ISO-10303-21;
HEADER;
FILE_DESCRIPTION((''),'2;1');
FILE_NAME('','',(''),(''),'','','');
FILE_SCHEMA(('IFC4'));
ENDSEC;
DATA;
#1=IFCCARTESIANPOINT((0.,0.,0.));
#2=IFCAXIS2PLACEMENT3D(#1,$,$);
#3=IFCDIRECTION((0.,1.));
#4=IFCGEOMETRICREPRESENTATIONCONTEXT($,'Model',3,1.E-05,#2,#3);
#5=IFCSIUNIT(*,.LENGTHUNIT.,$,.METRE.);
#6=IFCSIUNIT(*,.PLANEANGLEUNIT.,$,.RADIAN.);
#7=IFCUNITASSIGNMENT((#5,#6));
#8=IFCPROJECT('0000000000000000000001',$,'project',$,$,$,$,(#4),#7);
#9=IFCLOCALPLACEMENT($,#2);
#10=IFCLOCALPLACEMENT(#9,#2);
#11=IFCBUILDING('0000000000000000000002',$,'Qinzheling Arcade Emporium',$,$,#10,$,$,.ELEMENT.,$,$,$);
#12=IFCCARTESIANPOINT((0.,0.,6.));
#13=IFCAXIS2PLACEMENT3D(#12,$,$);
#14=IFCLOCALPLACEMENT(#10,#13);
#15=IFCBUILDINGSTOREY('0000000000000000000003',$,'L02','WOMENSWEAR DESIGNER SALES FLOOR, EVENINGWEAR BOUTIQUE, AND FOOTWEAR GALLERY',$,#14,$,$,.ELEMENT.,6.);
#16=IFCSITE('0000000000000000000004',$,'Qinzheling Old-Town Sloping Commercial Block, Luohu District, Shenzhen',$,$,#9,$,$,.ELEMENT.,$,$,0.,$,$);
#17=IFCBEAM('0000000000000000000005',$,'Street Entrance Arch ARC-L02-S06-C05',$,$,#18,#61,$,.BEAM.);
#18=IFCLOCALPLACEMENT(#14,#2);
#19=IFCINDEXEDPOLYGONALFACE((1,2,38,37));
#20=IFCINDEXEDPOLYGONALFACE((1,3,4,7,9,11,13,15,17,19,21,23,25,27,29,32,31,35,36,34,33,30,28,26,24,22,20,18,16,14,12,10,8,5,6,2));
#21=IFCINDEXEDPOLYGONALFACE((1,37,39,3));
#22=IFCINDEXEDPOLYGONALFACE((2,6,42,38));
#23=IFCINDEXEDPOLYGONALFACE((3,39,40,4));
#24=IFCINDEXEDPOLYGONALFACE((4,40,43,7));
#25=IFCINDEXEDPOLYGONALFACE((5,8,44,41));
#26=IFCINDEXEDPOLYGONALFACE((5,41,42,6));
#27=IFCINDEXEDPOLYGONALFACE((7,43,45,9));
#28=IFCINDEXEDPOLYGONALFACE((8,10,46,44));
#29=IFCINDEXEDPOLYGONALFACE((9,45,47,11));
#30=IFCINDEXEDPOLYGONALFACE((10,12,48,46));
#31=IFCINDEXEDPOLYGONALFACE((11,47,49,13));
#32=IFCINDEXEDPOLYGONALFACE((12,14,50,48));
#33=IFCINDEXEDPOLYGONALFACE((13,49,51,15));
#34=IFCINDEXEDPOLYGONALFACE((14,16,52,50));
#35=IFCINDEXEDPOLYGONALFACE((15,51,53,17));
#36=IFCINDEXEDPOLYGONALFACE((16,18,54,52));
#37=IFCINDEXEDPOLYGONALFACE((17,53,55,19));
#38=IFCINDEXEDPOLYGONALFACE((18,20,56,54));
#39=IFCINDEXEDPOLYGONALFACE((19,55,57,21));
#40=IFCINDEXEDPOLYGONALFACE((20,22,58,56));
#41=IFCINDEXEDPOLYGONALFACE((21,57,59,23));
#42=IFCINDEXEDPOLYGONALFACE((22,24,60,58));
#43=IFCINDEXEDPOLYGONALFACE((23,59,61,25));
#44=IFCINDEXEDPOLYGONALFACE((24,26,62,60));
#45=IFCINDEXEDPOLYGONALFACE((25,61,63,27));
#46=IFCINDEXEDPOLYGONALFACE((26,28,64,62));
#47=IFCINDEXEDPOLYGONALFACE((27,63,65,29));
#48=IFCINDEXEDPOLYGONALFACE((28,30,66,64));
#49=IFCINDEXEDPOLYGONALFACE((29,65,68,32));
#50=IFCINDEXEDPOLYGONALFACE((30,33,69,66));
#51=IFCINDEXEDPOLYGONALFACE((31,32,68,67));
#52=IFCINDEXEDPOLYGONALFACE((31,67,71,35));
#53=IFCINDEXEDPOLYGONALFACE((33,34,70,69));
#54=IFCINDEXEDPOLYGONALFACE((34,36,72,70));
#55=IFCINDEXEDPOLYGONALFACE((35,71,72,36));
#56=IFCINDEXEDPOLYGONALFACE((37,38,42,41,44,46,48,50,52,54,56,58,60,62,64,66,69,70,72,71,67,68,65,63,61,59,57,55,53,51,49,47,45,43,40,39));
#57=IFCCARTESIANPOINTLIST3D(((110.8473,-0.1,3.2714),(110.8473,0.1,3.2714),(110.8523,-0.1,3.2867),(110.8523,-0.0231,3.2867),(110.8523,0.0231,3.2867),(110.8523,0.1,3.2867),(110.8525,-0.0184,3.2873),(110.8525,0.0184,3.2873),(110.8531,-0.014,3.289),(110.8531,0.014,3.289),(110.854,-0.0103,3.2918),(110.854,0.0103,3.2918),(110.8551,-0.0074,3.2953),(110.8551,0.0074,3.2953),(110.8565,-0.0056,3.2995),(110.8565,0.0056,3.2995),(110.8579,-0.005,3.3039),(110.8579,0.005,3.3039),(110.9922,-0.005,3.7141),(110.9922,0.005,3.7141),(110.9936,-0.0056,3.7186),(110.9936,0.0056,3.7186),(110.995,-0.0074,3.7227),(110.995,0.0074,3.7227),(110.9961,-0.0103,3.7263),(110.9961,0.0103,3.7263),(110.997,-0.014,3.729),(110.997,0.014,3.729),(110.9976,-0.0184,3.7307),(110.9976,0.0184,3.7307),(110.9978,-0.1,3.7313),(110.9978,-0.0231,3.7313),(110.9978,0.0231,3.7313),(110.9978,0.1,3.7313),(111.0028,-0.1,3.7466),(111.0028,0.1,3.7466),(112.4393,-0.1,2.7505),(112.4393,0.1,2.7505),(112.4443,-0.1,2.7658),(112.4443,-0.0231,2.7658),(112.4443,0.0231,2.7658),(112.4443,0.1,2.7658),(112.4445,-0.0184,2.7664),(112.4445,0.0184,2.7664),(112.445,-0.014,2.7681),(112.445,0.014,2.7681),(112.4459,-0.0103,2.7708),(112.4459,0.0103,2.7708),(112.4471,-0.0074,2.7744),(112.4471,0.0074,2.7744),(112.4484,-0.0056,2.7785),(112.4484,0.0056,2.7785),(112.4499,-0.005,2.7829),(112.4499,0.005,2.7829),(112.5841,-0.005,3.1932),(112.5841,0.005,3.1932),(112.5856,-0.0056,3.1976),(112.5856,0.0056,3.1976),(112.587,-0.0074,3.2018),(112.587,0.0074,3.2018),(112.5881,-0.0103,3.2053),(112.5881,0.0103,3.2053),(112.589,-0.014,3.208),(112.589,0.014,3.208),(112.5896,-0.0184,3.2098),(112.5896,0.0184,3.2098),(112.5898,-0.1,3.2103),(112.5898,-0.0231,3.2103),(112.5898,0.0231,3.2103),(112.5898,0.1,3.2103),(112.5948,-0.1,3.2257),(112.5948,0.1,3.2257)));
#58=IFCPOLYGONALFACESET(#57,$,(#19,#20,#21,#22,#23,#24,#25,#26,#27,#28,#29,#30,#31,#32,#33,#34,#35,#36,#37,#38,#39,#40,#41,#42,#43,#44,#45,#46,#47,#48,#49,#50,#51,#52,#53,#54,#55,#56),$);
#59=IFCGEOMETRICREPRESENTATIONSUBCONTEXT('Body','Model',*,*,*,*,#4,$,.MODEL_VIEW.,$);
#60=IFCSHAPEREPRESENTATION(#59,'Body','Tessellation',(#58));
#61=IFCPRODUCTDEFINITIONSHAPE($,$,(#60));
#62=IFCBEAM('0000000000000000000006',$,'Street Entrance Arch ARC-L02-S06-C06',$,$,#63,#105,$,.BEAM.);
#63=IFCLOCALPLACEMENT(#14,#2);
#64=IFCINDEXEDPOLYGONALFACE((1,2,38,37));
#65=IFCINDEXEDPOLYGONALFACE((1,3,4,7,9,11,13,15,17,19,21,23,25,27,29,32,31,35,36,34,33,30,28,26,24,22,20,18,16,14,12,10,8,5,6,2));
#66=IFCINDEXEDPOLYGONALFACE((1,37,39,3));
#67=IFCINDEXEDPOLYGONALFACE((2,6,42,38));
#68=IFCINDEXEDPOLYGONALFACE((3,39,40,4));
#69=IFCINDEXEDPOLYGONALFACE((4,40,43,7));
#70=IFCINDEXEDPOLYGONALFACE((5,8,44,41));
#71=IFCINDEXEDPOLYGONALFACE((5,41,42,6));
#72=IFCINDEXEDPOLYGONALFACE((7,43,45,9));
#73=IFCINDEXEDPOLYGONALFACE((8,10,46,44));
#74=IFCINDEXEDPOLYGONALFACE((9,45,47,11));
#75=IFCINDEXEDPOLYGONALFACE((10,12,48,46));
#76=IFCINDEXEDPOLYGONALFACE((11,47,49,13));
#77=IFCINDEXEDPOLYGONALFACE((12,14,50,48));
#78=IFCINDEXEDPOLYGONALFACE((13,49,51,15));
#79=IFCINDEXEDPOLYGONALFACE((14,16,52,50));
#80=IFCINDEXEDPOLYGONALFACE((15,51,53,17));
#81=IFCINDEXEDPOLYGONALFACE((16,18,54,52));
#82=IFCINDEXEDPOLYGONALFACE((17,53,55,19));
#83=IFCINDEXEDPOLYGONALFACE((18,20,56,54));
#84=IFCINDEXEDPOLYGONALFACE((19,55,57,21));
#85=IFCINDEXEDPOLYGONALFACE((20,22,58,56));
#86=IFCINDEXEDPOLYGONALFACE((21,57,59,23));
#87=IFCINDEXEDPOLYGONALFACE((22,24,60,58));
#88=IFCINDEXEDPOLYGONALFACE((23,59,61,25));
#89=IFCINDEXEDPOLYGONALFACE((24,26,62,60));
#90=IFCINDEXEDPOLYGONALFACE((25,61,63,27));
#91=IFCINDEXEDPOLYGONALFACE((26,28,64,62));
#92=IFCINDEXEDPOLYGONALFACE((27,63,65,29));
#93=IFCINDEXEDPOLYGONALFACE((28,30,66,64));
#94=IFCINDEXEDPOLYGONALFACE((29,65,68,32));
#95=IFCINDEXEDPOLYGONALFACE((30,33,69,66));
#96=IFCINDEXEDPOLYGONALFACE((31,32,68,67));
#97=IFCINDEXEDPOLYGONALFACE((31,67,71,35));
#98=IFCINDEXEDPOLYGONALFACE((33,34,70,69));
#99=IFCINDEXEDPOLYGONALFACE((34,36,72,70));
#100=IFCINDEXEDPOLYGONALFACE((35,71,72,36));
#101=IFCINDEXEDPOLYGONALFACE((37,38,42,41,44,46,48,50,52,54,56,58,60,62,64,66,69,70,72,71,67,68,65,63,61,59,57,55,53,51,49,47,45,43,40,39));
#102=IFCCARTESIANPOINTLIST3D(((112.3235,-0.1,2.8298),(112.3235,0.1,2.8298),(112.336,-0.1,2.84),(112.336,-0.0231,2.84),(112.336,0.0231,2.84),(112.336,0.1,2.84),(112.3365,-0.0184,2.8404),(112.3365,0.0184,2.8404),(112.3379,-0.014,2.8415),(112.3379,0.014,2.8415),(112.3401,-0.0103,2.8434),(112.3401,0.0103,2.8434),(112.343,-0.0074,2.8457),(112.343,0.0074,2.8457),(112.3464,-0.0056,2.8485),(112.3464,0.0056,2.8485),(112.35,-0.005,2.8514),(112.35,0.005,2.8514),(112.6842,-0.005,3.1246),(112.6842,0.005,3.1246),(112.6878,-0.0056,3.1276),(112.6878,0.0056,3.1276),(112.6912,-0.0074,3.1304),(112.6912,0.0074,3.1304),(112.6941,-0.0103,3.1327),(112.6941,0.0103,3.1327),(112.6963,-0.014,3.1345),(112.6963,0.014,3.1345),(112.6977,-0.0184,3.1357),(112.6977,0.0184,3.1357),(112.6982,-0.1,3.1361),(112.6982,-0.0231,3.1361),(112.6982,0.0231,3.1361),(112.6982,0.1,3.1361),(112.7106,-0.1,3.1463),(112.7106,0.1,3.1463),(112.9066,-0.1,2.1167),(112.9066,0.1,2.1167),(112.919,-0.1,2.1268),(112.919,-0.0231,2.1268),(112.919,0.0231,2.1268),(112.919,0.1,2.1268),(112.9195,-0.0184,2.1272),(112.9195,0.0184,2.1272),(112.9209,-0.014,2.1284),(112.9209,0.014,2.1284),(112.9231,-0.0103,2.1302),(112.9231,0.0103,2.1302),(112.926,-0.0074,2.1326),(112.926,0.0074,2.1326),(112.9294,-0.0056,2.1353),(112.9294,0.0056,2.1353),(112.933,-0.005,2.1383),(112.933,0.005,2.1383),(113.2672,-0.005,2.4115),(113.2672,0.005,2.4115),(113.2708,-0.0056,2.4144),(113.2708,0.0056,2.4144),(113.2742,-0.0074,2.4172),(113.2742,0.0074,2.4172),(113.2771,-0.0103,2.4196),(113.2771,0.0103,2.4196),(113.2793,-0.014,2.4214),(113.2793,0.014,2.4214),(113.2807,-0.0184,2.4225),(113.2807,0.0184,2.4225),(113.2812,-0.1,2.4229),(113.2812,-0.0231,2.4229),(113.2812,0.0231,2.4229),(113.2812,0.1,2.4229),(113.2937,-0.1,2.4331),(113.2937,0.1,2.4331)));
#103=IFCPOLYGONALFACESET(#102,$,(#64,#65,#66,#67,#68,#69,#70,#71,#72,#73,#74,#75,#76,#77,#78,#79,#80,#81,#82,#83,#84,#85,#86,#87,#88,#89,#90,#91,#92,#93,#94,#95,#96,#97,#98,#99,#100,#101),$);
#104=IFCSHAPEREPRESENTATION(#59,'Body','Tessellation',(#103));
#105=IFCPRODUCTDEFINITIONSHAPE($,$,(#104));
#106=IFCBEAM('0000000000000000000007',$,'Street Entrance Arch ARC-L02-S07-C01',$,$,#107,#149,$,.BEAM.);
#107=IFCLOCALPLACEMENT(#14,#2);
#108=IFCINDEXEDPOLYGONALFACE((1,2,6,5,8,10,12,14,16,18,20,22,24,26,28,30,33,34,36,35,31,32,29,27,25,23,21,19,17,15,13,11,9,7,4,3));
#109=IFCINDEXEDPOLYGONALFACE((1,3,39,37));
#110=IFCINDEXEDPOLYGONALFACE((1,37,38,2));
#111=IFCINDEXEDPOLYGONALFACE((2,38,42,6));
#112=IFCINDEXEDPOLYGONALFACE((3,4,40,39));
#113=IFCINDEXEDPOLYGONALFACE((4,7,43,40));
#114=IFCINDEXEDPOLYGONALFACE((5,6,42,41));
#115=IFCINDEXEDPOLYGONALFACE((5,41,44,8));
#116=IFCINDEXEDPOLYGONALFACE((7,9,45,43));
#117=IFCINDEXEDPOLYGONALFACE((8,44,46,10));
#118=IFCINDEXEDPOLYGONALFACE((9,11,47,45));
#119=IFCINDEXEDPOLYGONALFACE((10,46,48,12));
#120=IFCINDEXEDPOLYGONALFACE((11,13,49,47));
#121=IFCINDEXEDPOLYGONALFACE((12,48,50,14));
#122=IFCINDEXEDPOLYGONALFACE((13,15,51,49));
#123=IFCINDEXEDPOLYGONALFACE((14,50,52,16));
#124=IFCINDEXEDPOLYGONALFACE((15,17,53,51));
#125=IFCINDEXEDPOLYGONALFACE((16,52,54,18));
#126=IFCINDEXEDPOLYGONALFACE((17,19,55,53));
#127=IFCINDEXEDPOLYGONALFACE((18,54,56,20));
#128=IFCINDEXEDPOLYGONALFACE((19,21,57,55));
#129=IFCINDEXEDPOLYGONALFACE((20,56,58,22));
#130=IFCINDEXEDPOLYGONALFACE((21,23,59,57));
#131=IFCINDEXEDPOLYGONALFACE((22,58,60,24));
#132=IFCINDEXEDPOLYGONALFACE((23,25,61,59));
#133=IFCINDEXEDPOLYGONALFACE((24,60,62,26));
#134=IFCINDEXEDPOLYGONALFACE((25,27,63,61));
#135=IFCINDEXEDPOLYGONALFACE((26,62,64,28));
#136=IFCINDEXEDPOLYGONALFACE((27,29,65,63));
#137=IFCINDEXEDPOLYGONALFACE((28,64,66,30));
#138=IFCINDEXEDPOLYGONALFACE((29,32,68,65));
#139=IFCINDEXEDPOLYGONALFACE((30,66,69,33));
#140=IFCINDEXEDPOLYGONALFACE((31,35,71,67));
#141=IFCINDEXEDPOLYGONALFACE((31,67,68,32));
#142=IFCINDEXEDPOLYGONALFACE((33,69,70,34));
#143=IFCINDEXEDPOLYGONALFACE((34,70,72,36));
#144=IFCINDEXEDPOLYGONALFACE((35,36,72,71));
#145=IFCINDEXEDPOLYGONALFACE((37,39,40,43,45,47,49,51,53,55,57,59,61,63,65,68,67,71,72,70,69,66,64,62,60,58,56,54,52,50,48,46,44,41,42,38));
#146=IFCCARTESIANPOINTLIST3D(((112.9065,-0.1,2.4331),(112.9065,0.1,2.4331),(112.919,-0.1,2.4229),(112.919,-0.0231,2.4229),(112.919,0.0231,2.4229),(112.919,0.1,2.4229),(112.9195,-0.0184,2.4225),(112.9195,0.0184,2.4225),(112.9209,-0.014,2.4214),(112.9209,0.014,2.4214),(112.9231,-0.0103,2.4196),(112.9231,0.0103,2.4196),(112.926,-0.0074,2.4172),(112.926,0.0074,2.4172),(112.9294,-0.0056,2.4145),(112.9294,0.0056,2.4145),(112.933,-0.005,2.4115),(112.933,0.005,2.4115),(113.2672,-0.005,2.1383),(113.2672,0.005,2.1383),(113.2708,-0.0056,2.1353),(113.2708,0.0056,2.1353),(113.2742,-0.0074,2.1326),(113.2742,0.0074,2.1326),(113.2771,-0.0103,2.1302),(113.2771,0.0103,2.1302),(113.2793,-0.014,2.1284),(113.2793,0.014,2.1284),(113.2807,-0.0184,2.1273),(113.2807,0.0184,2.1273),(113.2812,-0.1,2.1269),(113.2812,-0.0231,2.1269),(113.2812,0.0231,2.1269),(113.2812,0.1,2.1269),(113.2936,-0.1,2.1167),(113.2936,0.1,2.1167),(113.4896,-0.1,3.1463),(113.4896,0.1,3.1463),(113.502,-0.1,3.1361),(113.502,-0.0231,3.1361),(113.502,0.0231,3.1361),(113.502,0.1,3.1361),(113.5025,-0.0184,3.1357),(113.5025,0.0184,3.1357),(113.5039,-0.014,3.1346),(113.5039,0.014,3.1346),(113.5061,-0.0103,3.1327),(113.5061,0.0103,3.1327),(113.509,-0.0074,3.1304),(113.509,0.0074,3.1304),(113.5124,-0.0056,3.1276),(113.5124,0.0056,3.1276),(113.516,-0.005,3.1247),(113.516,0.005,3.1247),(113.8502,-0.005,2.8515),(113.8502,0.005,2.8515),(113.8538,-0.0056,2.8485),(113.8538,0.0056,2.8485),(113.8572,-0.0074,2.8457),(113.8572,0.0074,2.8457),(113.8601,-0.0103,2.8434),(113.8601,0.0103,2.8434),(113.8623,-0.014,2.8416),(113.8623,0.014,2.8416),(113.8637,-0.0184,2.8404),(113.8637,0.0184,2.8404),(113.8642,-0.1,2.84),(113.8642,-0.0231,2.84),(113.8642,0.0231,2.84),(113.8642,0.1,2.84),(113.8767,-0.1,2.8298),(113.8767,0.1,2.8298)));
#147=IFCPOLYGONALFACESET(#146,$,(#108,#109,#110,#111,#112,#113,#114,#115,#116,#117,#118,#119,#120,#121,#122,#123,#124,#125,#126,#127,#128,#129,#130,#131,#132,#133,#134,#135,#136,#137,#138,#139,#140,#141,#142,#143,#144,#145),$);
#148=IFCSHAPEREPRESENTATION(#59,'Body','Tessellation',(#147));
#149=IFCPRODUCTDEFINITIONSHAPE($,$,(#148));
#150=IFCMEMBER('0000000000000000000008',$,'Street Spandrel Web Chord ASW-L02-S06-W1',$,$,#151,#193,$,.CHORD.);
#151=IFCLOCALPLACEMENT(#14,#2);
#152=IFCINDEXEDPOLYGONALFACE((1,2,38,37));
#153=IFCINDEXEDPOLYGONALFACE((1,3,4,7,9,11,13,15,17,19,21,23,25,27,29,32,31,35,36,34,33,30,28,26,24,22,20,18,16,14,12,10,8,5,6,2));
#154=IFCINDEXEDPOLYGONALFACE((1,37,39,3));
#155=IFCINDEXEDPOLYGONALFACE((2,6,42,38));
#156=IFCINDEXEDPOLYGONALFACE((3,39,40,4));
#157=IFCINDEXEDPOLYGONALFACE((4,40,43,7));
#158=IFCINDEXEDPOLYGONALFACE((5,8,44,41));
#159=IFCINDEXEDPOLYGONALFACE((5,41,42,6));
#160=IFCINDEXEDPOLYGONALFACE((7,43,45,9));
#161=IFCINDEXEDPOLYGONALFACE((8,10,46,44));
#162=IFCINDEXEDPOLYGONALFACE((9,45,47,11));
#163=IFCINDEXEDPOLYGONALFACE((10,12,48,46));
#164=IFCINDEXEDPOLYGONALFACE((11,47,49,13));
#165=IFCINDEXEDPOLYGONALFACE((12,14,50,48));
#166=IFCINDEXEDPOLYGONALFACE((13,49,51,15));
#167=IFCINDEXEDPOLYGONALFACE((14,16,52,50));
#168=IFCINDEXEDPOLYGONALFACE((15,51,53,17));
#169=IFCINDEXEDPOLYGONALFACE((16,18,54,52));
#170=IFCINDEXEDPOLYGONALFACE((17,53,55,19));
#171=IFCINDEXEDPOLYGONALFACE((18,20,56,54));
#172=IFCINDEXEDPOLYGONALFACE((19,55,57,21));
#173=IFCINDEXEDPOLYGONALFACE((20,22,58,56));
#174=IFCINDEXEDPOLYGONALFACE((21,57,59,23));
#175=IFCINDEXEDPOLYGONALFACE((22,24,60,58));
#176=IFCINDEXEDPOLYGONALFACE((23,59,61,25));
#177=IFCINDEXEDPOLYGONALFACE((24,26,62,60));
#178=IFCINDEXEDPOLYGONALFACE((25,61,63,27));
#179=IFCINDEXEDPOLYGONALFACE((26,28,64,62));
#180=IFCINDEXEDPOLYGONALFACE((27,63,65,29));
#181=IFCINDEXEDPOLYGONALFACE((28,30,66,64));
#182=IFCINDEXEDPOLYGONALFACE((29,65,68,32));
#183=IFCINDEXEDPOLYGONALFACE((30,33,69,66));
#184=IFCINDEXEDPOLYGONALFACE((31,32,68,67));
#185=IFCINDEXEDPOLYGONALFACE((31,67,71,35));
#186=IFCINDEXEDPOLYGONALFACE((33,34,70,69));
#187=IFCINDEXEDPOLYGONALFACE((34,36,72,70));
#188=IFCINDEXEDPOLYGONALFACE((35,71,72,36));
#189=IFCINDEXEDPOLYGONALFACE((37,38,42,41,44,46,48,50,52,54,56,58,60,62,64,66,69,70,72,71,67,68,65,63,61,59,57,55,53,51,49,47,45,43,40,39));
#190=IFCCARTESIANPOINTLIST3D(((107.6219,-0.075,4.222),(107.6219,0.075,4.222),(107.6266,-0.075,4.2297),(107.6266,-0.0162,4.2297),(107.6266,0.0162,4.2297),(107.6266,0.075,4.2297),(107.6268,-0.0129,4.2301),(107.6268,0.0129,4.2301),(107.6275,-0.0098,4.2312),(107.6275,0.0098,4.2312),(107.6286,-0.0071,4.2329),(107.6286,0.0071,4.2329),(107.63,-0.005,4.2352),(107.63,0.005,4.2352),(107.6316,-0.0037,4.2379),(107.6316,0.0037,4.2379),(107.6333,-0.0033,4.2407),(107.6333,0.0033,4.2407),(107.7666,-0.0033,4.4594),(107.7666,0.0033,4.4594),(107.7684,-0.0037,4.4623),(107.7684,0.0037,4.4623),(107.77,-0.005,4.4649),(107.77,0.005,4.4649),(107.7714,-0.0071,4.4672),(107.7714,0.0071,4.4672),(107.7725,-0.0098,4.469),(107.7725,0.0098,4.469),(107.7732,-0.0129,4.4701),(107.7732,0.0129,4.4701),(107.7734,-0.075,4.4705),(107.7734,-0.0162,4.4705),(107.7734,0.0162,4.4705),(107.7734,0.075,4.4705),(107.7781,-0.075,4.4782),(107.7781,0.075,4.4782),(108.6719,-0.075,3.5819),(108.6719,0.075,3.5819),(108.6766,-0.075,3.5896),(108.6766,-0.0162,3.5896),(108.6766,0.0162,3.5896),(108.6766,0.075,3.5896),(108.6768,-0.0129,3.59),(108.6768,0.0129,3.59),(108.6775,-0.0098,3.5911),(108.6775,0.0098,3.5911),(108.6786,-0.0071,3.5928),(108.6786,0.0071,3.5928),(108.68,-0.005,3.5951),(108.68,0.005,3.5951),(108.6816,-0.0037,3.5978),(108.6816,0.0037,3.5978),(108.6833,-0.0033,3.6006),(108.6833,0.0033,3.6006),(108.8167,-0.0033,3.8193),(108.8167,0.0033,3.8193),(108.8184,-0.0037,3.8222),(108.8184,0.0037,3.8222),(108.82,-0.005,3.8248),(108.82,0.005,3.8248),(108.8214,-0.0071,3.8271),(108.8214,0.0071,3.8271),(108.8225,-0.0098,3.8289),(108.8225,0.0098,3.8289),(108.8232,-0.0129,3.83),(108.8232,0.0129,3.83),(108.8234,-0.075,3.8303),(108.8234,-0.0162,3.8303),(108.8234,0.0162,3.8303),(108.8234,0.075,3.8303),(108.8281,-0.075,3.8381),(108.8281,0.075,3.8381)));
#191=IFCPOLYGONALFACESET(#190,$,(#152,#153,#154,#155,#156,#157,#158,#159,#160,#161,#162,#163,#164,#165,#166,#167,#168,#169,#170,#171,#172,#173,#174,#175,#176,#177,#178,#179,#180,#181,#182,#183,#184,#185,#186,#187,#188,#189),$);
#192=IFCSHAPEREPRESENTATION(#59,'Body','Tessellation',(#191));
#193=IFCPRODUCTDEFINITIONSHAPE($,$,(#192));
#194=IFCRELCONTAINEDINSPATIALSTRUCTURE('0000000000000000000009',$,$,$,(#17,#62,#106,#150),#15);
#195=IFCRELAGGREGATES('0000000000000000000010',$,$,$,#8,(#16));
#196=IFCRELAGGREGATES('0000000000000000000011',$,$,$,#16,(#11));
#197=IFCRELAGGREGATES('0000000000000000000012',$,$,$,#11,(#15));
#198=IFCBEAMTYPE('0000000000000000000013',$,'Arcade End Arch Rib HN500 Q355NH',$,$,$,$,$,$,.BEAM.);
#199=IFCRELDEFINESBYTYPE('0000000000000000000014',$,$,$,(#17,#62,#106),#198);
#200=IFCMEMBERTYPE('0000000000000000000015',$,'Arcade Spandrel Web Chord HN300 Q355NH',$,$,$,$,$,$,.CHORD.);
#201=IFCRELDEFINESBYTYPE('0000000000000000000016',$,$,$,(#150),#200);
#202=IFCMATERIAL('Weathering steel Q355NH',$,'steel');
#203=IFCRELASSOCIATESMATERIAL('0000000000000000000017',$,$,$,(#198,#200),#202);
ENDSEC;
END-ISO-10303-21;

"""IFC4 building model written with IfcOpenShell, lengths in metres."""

from ifc_helpers import new_model, si_unit, direction, frame, origin, origin_2d, place, context, subcontext, project, spatial, i_section, extrude, material, material_profile, profile_set, type_object, element, save


model = new_model("IFC4")

# Units and contexts
model_context = context("Model", 3, precision=1e-05, world=origin(), true_north=direction((0.0, 1.0)))
body_context = subcontext(model_context, "Body", "Model", "MODEL_VIEW")
ifc_project = project(units=[si_unit("LENGTHUNIT", "METRE"), si_unit("PLANEANGLEUNIT", "RADIAN")], contexts=[model_context])

# Site, building, storey
site_placement = place(None, origin())
site = spatial("IfcSite", under=ifc_project, at=site_placement, Name="Qinzheling Old-Town Sloping Commercial Block, Luohu District, Shenzhen", CompositionType="ELEMENT", RefElevation=0.0)
building_placement = place(site_placement, origin())
building = spatial("IfcBuilding", under=site, at=building_placement, Name="Qinzheling Arcade Emporium", CompositionType="ELEMENT")
storey_placement = place(building_placement, frame((0.0, 0.0, 6.0)))
storey = spatial("IfcBuildingStorey", under=building, at=storey_placement, Name="L02", Description="WOMENSWEAR DESIGNER SALES FLOOR, EVENINGWEAR BOUTIQUE, AND FOOTWEAR GALLERY", CompositionType="ELEMENT", Elevation=6.0)

# Beams
ifc_material_1 = material(Name="Weathering steel Q355NH", Category="steel")
ifc_material_profile_1 = material_profile(ifc_material_1, i_section(OverallWidth=0.2, OverallDepth=0.5, WebThickness=0.01, FlangeThickness=0.0161, FilletRadius=0.0181, at=origin_2d()), Name="HN 500x200x10x16", Category="steel")
ifc_profile_set_1 = profile_set([ifc_material_profile_1], Name="Weathering steel Q355NH")
beam_type_1 = type_object("IfcBeamType", Name="Arcade End Arch Rib HN500 Q355NH", PredefinedType="BEAM", material=ifc_profile_set_1)
beam_1_placement = place(storey_placement, frame((110.925, 0.0, 3.509), z_axis=(0.950403, 0.0, -0.31102), x_axis=(0.0, 1.0, 0.0)))
element("IfcBeam", 1, at=beam_1_placement, inside=storey, type_object=beam_type_1, Name="Street Entrance Arch ARC-L02-S06-C05", PredefinedType="BEAM", context=body_context, shape_type="SweptSolid", body=[
    extrude(i_section(OverallWidth=0.2, OverallDepth=0.5, WebThickness=0.01, FlangeThickness=0.0161, FilletRadius=0.0181, at=origin_2d()), origin(), (0.0, 0.0, 1.0), 1.675),
])
for number, where, z_axis, x_axis, name in (
    (2, (112.5171, 0.0, 2.988), (0.632935, 0.0, -0.774205), (0.0, 1.0, 0.0), "Street Entrance Arch ARC-L02-S06-C06"),
    (3, (113.1001, 0.0, 2.2749), (0.632935, 0.0, 0.774205), (0.0, 1.0, 0.0), "Street Entrance Arch ARC-L02-S07-C01"),
):
    element("IfcBeam", number, at=place(storey_placement, frame(where, z_axis=z_axis, x_axis=x_axis)), inside=storey, type_object=beam_type_1, Name=name, PredefinedType="BEAM", context=body_context, shape_type="SweptSolid", body=[
        extrude(i_section(OverallWidth=0.2, OverallDepth=0.5, WebThickness=0.01, FlangeThickness=0.0161, FilletRadius=0.0181, at=origin_2d()), origin(), (0.0, 0.0, 1.0), 0.9211),
    ])

# Member
ifc_material_profile_2 = material_profile(ifc_material_1, i_section(OverallWidth=0.1499, OverallDepth=0.3, WebThickness=0.0066, FlangeThickness=0.009, FilletRadius=0.0129, at=origin_2d()), Name="HN 300x150x6.5x9", Category="steel")
ifc_profile_set_2 = profile_set([ifc_material_profile_2], Name="Weathering steel Q355NH")
member_type_1 = type_object("IfcMemberType", Name="Arcade Spandrel Web Chord HN300 Q355NH", PredefinedType="CHORD", material=ifc_profile_set_2)
for number, where, z_axis, x_axis, name in (
    (4, (108.75, 0.0, 3.71), (-0.853846, 0.0, 0.520526), (0.0, -1.0, 0.0), "Street Spandrel Web Chord ASW-L02-S06-W1"),
):
    element("IfcMember", number, at=place(storey_placement, frame(where, z_axis=z_axis, x_axis=x_axis)), inside=storey, type_object=member_type_1, Name=name, PredefinedType="CHORD", context=body_context, shape_type="SweptSolid", body=[
        extrude(i_section(OverallWidth=0.1499, OverallDepth=0.3, WebThickness=0.0066, FlangeThickness=0.009, FilletRadius=0.0129, at=origin_2d()), origin(), (0.0, 0.0, 1.0), 1.2297),
    ])

save(model, "model.ifc")
